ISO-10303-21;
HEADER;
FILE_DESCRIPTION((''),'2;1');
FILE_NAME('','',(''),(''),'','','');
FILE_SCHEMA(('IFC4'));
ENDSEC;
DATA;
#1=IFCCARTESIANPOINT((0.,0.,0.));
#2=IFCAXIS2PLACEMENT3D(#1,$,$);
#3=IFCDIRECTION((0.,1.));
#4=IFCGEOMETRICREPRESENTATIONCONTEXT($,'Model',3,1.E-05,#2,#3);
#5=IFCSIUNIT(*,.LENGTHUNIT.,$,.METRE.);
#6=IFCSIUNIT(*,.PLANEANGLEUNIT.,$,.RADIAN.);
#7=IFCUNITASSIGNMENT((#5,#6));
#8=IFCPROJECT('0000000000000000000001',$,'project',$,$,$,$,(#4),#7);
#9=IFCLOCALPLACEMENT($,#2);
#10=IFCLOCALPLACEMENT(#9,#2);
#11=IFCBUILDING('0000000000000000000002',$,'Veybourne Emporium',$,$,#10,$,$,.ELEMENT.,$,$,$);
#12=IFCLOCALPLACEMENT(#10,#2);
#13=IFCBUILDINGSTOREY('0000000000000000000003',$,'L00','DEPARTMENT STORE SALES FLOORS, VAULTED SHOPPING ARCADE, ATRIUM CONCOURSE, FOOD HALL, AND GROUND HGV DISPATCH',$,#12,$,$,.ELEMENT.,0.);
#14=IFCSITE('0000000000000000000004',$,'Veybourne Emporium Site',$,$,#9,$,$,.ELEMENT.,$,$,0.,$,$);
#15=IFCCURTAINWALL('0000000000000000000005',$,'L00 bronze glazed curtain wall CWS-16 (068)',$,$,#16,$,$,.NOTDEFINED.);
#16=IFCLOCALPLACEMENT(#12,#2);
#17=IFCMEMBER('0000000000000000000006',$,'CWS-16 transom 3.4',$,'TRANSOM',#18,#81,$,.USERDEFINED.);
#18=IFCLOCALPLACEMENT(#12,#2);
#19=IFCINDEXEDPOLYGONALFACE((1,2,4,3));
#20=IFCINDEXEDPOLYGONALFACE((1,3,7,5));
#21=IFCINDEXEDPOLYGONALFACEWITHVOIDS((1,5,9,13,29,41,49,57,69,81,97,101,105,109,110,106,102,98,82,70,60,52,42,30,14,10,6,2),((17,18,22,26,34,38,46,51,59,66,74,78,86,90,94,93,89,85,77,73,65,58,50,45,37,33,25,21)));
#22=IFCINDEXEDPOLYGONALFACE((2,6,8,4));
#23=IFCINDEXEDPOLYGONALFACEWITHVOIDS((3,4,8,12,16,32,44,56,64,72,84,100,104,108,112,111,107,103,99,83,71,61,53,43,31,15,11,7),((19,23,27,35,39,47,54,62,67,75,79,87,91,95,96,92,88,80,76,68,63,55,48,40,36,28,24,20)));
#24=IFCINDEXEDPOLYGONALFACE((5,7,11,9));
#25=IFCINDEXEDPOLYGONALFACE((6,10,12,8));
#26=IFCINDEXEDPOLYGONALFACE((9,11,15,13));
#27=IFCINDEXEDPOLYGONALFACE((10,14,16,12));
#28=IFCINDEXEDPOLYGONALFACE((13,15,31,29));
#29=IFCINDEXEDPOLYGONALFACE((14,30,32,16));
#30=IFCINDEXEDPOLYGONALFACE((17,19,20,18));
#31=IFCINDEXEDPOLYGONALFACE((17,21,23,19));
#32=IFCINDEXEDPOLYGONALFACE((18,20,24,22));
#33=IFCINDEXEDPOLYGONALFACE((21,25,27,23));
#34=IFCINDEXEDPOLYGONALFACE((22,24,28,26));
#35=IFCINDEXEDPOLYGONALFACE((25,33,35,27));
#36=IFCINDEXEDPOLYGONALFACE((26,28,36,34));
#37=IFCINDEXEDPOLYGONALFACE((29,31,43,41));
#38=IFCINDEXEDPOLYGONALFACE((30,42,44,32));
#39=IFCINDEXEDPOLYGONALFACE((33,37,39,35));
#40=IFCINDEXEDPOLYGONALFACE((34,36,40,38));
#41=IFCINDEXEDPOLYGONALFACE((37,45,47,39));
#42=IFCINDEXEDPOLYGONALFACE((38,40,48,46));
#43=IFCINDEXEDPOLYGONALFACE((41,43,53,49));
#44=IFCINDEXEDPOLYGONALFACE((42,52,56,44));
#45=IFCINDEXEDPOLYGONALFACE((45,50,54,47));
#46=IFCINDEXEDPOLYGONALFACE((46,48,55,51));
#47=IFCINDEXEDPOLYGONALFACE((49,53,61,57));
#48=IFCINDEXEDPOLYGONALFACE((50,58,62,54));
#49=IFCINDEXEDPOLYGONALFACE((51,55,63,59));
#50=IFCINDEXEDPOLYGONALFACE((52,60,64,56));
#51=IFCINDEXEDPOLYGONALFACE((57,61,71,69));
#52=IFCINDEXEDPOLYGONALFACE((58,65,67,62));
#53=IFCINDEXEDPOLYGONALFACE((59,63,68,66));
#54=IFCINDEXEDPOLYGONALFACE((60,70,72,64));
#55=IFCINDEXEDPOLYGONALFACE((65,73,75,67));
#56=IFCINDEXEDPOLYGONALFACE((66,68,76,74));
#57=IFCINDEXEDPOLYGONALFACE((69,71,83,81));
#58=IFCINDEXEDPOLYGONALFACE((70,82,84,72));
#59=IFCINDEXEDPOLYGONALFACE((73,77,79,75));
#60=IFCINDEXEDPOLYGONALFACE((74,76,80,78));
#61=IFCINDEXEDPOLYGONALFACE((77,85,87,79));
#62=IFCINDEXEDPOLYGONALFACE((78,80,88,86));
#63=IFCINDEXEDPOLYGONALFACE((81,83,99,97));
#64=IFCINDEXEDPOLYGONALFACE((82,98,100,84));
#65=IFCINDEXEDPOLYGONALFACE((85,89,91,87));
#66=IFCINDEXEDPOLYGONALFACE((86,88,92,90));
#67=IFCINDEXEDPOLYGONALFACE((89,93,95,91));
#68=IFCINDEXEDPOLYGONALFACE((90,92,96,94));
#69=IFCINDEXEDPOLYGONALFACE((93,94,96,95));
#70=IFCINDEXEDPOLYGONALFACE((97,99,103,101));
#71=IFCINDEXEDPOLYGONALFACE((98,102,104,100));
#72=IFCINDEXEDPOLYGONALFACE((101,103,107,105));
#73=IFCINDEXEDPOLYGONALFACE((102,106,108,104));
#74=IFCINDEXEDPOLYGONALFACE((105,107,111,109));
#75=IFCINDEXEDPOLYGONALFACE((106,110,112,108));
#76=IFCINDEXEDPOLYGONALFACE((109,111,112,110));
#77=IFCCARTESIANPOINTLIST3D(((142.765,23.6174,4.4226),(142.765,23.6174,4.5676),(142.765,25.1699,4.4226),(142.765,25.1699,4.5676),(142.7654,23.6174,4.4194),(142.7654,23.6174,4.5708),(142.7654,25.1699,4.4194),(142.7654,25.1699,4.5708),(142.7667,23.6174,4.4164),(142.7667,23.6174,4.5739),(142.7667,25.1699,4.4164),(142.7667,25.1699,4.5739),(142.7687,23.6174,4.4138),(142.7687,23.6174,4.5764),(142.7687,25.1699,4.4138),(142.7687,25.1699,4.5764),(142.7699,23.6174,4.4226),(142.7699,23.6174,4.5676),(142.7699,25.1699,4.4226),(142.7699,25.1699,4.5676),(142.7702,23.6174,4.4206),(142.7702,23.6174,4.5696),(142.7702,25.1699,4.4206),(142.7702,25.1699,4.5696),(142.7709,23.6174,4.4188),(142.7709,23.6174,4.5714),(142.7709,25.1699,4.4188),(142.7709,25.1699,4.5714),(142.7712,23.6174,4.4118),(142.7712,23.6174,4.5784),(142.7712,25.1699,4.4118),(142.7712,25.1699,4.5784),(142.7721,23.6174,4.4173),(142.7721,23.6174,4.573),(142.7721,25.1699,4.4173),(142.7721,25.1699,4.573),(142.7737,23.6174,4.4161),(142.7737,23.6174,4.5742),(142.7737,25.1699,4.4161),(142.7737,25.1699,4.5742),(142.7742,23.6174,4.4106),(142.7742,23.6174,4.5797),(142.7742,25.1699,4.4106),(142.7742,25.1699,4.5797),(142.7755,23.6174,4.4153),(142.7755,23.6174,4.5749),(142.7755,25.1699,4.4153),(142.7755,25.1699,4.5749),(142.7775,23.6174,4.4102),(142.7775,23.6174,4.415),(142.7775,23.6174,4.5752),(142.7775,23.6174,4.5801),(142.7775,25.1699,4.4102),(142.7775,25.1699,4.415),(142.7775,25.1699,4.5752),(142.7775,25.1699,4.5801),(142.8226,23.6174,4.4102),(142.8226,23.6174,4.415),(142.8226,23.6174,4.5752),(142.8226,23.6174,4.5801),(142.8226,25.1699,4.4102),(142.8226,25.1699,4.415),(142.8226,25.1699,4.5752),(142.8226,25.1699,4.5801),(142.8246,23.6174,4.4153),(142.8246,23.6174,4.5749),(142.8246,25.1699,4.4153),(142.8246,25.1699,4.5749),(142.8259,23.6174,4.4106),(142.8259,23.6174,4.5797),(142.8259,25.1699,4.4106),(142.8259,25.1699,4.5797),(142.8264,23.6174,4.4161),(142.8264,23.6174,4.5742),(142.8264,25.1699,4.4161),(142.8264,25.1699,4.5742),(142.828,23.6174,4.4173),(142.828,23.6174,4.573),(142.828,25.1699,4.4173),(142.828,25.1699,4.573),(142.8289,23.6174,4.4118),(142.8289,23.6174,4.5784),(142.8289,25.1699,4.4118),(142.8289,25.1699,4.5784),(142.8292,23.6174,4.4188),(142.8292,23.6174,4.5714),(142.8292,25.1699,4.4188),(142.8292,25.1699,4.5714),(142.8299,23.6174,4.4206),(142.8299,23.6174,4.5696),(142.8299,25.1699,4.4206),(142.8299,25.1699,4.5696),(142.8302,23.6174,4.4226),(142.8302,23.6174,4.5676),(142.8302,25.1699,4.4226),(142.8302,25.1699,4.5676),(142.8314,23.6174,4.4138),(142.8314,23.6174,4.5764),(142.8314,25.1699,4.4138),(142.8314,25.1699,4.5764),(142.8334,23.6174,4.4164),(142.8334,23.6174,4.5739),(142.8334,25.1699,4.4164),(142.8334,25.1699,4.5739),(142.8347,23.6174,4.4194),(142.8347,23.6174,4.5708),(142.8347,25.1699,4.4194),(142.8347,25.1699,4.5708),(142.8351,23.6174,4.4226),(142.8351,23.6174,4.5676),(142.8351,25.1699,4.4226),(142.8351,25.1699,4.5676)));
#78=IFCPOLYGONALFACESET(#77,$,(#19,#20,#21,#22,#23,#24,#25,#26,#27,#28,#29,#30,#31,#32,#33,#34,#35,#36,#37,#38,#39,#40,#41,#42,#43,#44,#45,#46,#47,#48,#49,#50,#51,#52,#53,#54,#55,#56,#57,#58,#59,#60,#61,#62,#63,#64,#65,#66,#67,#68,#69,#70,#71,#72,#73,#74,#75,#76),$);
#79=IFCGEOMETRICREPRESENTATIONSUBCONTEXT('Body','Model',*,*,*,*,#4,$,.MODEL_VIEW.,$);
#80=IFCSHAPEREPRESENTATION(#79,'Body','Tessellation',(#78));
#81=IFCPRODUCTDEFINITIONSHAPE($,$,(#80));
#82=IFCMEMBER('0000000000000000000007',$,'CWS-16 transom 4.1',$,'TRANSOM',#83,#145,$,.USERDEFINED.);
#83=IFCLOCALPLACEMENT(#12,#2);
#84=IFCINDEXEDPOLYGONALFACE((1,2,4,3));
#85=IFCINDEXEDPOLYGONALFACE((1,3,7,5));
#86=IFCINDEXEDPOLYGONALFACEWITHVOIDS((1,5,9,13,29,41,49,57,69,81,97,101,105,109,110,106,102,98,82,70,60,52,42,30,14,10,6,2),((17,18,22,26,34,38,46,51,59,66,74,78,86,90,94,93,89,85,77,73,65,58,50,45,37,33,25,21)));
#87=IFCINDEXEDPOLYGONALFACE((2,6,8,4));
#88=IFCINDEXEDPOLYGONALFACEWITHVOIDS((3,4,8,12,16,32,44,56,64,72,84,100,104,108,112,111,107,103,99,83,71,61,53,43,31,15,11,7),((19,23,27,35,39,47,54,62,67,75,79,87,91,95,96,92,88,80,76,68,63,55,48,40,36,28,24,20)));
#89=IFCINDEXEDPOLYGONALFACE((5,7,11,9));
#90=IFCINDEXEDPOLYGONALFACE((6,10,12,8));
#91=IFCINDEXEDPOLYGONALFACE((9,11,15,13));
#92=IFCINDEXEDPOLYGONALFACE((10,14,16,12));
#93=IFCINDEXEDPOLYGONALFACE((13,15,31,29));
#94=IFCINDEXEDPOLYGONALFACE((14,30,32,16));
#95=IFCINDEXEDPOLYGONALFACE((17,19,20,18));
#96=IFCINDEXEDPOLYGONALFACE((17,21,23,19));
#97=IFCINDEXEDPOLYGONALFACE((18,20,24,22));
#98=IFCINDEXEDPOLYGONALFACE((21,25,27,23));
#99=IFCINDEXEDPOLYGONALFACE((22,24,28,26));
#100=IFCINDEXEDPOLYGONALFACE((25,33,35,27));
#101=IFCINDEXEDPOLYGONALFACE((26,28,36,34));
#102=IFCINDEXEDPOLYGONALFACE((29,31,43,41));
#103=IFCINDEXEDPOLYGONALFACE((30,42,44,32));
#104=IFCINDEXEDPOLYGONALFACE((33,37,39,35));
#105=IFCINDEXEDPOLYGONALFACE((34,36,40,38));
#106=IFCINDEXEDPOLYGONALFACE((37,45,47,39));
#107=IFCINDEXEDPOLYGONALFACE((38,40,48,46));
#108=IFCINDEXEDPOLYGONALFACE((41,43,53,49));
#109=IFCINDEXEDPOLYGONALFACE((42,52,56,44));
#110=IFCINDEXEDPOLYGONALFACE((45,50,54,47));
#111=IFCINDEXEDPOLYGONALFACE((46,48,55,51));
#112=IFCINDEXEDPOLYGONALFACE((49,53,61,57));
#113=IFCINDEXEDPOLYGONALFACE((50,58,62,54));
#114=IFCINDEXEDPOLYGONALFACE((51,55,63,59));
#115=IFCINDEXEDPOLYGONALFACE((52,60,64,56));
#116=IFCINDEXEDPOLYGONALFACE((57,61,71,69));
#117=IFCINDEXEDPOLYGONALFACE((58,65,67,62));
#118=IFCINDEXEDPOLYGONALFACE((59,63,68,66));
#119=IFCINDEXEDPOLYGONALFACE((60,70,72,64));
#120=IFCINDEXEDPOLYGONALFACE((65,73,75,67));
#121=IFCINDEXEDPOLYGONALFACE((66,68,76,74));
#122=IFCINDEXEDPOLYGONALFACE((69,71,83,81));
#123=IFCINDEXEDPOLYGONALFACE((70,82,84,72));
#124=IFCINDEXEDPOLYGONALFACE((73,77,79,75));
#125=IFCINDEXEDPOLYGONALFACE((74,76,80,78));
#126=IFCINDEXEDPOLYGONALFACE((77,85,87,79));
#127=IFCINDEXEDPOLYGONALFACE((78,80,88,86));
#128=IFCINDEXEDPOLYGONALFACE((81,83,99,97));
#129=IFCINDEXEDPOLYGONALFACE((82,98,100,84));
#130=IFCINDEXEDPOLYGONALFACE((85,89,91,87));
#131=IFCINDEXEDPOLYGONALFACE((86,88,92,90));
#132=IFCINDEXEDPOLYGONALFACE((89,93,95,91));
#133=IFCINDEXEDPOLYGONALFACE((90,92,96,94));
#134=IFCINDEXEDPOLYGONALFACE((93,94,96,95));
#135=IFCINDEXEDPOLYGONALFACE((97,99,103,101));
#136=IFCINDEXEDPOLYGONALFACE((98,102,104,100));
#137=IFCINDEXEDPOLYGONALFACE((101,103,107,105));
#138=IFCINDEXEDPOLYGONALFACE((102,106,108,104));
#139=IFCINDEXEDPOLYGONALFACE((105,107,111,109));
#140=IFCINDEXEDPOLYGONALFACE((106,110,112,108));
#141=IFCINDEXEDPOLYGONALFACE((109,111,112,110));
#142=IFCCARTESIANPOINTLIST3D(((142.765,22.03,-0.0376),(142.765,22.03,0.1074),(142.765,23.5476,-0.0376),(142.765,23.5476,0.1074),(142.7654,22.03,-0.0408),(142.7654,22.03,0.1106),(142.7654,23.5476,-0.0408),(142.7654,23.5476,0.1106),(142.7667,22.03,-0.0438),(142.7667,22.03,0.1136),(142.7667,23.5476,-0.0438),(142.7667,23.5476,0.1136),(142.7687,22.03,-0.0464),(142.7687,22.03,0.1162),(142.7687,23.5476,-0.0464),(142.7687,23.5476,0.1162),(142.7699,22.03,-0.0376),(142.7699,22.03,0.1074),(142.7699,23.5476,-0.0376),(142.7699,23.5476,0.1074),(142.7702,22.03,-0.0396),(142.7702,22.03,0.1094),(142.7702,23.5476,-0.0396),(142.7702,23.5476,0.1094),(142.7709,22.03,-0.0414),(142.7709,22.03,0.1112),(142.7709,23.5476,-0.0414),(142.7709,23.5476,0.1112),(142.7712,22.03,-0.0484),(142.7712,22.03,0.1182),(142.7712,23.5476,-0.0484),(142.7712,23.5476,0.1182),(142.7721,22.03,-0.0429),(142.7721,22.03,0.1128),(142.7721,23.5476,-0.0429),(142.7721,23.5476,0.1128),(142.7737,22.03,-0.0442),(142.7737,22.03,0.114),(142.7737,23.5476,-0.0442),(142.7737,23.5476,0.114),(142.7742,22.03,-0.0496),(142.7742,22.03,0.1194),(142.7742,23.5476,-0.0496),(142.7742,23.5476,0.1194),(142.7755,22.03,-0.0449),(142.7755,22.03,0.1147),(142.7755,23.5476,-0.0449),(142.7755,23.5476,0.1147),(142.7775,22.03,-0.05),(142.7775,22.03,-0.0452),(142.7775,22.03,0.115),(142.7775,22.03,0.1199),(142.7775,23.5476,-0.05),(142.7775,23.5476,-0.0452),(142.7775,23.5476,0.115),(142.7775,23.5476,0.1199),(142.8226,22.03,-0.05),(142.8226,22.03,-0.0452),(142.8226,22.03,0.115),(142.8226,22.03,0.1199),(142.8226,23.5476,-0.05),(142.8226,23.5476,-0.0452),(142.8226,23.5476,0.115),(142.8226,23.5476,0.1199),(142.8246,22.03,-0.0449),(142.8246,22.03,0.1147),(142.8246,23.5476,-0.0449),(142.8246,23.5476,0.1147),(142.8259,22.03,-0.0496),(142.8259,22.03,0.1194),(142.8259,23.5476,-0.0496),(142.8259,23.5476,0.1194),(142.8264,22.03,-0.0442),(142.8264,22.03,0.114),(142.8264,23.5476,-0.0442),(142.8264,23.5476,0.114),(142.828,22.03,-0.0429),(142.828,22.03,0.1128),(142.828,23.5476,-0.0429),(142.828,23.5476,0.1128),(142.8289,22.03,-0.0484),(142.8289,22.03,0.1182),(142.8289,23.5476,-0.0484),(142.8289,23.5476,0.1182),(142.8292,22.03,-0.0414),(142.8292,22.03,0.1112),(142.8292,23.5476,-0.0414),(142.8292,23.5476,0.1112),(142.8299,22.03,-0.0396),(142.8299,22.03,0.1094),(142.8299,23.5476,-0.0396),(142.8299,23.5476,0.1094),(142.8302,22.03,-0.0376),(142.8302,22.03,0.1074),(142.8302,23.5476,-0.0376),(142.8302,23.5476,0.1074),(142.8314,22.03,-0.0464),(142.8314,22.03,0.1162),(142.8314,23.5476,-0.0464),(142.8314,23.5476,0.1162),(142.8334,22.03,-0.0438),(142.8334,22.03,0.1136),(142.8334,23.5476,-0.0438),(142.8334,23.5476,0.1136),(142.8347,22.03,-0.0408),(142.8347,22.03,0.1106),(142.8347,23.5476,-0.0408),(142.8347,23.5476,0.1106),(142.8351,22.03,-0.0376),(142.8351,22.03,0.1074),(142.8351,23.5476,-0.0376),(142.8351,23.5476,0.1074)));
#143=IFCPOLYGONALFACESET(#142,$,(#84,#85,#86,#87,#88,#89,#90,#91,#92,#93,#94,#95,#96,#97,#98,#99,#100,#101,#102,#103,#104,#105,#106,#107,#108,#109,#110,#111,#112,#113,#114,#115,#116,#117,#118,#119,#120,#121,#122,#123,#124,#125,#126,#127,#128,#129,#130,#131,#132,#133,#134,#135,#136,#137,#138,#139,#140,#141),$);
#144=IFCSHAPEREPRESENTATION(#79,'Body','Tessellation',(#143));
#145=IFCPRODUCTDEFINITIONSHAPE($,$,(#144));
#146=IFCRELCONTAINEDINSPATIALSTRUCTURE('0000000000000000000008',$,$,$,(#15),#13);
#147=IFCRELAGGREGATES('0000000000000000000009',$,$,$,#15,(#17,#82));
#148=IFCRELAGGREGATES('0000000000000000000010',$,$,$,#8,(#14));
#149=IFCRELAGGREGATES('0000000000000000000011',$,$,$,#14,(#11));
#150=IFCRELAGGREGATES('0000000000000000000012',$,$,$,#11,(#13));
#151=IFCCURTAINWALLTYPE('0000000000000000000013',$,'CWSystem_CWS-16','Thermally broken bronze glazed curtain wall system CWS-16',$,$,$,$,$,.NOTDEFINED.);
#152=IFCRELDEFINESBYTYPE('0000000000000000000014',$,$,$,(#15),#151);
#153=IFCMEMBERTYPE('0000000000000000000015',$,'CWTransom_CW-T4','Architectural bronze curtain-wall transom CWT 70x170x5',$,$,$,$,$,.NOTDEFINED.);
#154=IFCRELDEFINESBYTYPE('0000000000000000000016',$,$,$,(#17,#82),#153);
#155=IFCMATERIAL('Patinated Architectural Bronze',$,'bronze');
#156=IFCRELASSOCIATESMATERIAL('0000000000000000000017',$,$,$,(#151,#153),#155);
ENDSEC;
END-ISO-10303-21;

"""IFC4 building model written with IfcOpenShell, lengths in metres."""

from ifc_helpers import new_model, si_unit, direction, frame, origin, origin_2d, place, context, subcontext, project, spatial, hollow_rectangle, extrude, material, material_profile, profile_set, type_object, element, aggregate, save


model = new_model("IFC4")

# Units and contexts
model_context = context("Model", 3, precision=1e-05, world=origin(), true_north=direction((0.0, 1.0)))
body_context = subcontext(model_context, "Body", "Model", "MODEL_VIEW")
ifc_project = project(units=[si_unit("LENGTHUNIT", "METRE"), si_unit("PLANEANGLEUNIT", "RADIAN")], contexts=[model_context])

# Site, building, storey
site_placement = place(None, origin())
site = spatial("IfcSite", under=ifc_project, at=site_placement, Name="Veybourne Emporium Site", CompositionType="ELEMENT", RefElevation=0.0)
building_placement = place(site_placement, origin())
building = spatial("IfcBuilding", under=site, at=building_placement, Name="Veybourne Emporium", CompositionType="ELEMENT")
storey_placement = place(building_placement, origin())
storey = spatial("IfcBuildingStorey", under=building, at=storey_placement, Name="L00", Description="DEPARTMENT STORE SALES FLOORS, VAULTED SHOPPING ARCADE, ATRIUM CONCOURSE, FOOD HALL, AND GROUND HGV DISPATCH", CompositionType="ELEMENT", Elevation=0.0)

# Curtain wall, members
ifc_material_1 = material(Name="Patinated Architectural Bronze", Category="bronze")
curtain_wall_type = type_object("IfcCurtainWallType", Name="CWSystem_CWS-16", Description="Thermally broken bronze glazed curtain wall system CWS-16", PredefinedType="NOTDEFINED", material=ifc_material_1)
curtain_wall_placement = place(storey_placement, origin())
curtain_wall = element("IfcCurtainWall", 1, at=curtain_wall_placement, inside=storey, type_object=curtain_wall_type, Name="L00 bronze glazed curtain wall CWS-16 (068)", PredefinedType="NOTDEFINED")
ifc_material_profile_1 = material_profile(ifc_material_1, hollow_rectangle(XDim=0.0701, YDim=0.1699, WallThickness=0.0049, InnerFilletRadius=0.0076, OuterFilletRadius=0.0125, at=origin_2d()), Name="CWT 70x170x5")
ifc_profile_set_1 = profile_set([ifc_material_profile_1], Name="Patinated Architectural Bronze")
member_type_1 = type_object("IfcMemberType", Name="CWTransom_CW-T4", Description="Architectural bronze curtain-wall transom CWT 70x170x5", PredefinedType="NOTDEFINED", material=ifc_profile_set_1)
member_1_placement = place(storey_placement, frame((142.8, 25.1699, 4.4951), z_axis=(0.0, -1.0, 0.0), x_axis=(1.0, 0.0, 0.0)))
member_1 = element("IfcMember", 2, at=member_1_placement, type_object=member_type_1, Name="CWS-16 transom 3.4", ObjectType="TRANSOM", PredefinedType="USERDEFINED", context=body_context, shape_type="SweptSolid", body=[
    extrude(hollow_rectangle(XDim=0.0701, YDim=0.1699, WallThickness=0.0049, InnerFilletRadius=0.0076, OuterFilletRadius=0.0125, at=origin_2d()), origin(), (0.0, 0.0, 1.0), 1.5525),
])
member_2_placement = place(storey_placement, frame((142.8, 23.5476, 0.0349), z_axis=(0.0, -1.0, 0.0), x_axis=(1.0, 0.0, 0.0)))
member_2 = element("IfcMember", 3, at=member_2_placement, type_object=member_type_1, Name="CWS-16 transom 4.1", ObjectType="TRANSOM", PredefinedType="USERDEFINED", context=body_context, shape_type="SweptSolid", body=[
    extrude(hollow_rectangle(XDim=0.0701, YDim=0.1699, WallThickness=0.0049, InnerFilletRadius=0.0076, OuterFilletRadius=0.0125, at=origin_2d()), origin(), (0.0, 0.0, 1.0), 1.5176),
])

aggregate(curtain_wall, [member_1, member_2])

save(model, "model.ifc")
